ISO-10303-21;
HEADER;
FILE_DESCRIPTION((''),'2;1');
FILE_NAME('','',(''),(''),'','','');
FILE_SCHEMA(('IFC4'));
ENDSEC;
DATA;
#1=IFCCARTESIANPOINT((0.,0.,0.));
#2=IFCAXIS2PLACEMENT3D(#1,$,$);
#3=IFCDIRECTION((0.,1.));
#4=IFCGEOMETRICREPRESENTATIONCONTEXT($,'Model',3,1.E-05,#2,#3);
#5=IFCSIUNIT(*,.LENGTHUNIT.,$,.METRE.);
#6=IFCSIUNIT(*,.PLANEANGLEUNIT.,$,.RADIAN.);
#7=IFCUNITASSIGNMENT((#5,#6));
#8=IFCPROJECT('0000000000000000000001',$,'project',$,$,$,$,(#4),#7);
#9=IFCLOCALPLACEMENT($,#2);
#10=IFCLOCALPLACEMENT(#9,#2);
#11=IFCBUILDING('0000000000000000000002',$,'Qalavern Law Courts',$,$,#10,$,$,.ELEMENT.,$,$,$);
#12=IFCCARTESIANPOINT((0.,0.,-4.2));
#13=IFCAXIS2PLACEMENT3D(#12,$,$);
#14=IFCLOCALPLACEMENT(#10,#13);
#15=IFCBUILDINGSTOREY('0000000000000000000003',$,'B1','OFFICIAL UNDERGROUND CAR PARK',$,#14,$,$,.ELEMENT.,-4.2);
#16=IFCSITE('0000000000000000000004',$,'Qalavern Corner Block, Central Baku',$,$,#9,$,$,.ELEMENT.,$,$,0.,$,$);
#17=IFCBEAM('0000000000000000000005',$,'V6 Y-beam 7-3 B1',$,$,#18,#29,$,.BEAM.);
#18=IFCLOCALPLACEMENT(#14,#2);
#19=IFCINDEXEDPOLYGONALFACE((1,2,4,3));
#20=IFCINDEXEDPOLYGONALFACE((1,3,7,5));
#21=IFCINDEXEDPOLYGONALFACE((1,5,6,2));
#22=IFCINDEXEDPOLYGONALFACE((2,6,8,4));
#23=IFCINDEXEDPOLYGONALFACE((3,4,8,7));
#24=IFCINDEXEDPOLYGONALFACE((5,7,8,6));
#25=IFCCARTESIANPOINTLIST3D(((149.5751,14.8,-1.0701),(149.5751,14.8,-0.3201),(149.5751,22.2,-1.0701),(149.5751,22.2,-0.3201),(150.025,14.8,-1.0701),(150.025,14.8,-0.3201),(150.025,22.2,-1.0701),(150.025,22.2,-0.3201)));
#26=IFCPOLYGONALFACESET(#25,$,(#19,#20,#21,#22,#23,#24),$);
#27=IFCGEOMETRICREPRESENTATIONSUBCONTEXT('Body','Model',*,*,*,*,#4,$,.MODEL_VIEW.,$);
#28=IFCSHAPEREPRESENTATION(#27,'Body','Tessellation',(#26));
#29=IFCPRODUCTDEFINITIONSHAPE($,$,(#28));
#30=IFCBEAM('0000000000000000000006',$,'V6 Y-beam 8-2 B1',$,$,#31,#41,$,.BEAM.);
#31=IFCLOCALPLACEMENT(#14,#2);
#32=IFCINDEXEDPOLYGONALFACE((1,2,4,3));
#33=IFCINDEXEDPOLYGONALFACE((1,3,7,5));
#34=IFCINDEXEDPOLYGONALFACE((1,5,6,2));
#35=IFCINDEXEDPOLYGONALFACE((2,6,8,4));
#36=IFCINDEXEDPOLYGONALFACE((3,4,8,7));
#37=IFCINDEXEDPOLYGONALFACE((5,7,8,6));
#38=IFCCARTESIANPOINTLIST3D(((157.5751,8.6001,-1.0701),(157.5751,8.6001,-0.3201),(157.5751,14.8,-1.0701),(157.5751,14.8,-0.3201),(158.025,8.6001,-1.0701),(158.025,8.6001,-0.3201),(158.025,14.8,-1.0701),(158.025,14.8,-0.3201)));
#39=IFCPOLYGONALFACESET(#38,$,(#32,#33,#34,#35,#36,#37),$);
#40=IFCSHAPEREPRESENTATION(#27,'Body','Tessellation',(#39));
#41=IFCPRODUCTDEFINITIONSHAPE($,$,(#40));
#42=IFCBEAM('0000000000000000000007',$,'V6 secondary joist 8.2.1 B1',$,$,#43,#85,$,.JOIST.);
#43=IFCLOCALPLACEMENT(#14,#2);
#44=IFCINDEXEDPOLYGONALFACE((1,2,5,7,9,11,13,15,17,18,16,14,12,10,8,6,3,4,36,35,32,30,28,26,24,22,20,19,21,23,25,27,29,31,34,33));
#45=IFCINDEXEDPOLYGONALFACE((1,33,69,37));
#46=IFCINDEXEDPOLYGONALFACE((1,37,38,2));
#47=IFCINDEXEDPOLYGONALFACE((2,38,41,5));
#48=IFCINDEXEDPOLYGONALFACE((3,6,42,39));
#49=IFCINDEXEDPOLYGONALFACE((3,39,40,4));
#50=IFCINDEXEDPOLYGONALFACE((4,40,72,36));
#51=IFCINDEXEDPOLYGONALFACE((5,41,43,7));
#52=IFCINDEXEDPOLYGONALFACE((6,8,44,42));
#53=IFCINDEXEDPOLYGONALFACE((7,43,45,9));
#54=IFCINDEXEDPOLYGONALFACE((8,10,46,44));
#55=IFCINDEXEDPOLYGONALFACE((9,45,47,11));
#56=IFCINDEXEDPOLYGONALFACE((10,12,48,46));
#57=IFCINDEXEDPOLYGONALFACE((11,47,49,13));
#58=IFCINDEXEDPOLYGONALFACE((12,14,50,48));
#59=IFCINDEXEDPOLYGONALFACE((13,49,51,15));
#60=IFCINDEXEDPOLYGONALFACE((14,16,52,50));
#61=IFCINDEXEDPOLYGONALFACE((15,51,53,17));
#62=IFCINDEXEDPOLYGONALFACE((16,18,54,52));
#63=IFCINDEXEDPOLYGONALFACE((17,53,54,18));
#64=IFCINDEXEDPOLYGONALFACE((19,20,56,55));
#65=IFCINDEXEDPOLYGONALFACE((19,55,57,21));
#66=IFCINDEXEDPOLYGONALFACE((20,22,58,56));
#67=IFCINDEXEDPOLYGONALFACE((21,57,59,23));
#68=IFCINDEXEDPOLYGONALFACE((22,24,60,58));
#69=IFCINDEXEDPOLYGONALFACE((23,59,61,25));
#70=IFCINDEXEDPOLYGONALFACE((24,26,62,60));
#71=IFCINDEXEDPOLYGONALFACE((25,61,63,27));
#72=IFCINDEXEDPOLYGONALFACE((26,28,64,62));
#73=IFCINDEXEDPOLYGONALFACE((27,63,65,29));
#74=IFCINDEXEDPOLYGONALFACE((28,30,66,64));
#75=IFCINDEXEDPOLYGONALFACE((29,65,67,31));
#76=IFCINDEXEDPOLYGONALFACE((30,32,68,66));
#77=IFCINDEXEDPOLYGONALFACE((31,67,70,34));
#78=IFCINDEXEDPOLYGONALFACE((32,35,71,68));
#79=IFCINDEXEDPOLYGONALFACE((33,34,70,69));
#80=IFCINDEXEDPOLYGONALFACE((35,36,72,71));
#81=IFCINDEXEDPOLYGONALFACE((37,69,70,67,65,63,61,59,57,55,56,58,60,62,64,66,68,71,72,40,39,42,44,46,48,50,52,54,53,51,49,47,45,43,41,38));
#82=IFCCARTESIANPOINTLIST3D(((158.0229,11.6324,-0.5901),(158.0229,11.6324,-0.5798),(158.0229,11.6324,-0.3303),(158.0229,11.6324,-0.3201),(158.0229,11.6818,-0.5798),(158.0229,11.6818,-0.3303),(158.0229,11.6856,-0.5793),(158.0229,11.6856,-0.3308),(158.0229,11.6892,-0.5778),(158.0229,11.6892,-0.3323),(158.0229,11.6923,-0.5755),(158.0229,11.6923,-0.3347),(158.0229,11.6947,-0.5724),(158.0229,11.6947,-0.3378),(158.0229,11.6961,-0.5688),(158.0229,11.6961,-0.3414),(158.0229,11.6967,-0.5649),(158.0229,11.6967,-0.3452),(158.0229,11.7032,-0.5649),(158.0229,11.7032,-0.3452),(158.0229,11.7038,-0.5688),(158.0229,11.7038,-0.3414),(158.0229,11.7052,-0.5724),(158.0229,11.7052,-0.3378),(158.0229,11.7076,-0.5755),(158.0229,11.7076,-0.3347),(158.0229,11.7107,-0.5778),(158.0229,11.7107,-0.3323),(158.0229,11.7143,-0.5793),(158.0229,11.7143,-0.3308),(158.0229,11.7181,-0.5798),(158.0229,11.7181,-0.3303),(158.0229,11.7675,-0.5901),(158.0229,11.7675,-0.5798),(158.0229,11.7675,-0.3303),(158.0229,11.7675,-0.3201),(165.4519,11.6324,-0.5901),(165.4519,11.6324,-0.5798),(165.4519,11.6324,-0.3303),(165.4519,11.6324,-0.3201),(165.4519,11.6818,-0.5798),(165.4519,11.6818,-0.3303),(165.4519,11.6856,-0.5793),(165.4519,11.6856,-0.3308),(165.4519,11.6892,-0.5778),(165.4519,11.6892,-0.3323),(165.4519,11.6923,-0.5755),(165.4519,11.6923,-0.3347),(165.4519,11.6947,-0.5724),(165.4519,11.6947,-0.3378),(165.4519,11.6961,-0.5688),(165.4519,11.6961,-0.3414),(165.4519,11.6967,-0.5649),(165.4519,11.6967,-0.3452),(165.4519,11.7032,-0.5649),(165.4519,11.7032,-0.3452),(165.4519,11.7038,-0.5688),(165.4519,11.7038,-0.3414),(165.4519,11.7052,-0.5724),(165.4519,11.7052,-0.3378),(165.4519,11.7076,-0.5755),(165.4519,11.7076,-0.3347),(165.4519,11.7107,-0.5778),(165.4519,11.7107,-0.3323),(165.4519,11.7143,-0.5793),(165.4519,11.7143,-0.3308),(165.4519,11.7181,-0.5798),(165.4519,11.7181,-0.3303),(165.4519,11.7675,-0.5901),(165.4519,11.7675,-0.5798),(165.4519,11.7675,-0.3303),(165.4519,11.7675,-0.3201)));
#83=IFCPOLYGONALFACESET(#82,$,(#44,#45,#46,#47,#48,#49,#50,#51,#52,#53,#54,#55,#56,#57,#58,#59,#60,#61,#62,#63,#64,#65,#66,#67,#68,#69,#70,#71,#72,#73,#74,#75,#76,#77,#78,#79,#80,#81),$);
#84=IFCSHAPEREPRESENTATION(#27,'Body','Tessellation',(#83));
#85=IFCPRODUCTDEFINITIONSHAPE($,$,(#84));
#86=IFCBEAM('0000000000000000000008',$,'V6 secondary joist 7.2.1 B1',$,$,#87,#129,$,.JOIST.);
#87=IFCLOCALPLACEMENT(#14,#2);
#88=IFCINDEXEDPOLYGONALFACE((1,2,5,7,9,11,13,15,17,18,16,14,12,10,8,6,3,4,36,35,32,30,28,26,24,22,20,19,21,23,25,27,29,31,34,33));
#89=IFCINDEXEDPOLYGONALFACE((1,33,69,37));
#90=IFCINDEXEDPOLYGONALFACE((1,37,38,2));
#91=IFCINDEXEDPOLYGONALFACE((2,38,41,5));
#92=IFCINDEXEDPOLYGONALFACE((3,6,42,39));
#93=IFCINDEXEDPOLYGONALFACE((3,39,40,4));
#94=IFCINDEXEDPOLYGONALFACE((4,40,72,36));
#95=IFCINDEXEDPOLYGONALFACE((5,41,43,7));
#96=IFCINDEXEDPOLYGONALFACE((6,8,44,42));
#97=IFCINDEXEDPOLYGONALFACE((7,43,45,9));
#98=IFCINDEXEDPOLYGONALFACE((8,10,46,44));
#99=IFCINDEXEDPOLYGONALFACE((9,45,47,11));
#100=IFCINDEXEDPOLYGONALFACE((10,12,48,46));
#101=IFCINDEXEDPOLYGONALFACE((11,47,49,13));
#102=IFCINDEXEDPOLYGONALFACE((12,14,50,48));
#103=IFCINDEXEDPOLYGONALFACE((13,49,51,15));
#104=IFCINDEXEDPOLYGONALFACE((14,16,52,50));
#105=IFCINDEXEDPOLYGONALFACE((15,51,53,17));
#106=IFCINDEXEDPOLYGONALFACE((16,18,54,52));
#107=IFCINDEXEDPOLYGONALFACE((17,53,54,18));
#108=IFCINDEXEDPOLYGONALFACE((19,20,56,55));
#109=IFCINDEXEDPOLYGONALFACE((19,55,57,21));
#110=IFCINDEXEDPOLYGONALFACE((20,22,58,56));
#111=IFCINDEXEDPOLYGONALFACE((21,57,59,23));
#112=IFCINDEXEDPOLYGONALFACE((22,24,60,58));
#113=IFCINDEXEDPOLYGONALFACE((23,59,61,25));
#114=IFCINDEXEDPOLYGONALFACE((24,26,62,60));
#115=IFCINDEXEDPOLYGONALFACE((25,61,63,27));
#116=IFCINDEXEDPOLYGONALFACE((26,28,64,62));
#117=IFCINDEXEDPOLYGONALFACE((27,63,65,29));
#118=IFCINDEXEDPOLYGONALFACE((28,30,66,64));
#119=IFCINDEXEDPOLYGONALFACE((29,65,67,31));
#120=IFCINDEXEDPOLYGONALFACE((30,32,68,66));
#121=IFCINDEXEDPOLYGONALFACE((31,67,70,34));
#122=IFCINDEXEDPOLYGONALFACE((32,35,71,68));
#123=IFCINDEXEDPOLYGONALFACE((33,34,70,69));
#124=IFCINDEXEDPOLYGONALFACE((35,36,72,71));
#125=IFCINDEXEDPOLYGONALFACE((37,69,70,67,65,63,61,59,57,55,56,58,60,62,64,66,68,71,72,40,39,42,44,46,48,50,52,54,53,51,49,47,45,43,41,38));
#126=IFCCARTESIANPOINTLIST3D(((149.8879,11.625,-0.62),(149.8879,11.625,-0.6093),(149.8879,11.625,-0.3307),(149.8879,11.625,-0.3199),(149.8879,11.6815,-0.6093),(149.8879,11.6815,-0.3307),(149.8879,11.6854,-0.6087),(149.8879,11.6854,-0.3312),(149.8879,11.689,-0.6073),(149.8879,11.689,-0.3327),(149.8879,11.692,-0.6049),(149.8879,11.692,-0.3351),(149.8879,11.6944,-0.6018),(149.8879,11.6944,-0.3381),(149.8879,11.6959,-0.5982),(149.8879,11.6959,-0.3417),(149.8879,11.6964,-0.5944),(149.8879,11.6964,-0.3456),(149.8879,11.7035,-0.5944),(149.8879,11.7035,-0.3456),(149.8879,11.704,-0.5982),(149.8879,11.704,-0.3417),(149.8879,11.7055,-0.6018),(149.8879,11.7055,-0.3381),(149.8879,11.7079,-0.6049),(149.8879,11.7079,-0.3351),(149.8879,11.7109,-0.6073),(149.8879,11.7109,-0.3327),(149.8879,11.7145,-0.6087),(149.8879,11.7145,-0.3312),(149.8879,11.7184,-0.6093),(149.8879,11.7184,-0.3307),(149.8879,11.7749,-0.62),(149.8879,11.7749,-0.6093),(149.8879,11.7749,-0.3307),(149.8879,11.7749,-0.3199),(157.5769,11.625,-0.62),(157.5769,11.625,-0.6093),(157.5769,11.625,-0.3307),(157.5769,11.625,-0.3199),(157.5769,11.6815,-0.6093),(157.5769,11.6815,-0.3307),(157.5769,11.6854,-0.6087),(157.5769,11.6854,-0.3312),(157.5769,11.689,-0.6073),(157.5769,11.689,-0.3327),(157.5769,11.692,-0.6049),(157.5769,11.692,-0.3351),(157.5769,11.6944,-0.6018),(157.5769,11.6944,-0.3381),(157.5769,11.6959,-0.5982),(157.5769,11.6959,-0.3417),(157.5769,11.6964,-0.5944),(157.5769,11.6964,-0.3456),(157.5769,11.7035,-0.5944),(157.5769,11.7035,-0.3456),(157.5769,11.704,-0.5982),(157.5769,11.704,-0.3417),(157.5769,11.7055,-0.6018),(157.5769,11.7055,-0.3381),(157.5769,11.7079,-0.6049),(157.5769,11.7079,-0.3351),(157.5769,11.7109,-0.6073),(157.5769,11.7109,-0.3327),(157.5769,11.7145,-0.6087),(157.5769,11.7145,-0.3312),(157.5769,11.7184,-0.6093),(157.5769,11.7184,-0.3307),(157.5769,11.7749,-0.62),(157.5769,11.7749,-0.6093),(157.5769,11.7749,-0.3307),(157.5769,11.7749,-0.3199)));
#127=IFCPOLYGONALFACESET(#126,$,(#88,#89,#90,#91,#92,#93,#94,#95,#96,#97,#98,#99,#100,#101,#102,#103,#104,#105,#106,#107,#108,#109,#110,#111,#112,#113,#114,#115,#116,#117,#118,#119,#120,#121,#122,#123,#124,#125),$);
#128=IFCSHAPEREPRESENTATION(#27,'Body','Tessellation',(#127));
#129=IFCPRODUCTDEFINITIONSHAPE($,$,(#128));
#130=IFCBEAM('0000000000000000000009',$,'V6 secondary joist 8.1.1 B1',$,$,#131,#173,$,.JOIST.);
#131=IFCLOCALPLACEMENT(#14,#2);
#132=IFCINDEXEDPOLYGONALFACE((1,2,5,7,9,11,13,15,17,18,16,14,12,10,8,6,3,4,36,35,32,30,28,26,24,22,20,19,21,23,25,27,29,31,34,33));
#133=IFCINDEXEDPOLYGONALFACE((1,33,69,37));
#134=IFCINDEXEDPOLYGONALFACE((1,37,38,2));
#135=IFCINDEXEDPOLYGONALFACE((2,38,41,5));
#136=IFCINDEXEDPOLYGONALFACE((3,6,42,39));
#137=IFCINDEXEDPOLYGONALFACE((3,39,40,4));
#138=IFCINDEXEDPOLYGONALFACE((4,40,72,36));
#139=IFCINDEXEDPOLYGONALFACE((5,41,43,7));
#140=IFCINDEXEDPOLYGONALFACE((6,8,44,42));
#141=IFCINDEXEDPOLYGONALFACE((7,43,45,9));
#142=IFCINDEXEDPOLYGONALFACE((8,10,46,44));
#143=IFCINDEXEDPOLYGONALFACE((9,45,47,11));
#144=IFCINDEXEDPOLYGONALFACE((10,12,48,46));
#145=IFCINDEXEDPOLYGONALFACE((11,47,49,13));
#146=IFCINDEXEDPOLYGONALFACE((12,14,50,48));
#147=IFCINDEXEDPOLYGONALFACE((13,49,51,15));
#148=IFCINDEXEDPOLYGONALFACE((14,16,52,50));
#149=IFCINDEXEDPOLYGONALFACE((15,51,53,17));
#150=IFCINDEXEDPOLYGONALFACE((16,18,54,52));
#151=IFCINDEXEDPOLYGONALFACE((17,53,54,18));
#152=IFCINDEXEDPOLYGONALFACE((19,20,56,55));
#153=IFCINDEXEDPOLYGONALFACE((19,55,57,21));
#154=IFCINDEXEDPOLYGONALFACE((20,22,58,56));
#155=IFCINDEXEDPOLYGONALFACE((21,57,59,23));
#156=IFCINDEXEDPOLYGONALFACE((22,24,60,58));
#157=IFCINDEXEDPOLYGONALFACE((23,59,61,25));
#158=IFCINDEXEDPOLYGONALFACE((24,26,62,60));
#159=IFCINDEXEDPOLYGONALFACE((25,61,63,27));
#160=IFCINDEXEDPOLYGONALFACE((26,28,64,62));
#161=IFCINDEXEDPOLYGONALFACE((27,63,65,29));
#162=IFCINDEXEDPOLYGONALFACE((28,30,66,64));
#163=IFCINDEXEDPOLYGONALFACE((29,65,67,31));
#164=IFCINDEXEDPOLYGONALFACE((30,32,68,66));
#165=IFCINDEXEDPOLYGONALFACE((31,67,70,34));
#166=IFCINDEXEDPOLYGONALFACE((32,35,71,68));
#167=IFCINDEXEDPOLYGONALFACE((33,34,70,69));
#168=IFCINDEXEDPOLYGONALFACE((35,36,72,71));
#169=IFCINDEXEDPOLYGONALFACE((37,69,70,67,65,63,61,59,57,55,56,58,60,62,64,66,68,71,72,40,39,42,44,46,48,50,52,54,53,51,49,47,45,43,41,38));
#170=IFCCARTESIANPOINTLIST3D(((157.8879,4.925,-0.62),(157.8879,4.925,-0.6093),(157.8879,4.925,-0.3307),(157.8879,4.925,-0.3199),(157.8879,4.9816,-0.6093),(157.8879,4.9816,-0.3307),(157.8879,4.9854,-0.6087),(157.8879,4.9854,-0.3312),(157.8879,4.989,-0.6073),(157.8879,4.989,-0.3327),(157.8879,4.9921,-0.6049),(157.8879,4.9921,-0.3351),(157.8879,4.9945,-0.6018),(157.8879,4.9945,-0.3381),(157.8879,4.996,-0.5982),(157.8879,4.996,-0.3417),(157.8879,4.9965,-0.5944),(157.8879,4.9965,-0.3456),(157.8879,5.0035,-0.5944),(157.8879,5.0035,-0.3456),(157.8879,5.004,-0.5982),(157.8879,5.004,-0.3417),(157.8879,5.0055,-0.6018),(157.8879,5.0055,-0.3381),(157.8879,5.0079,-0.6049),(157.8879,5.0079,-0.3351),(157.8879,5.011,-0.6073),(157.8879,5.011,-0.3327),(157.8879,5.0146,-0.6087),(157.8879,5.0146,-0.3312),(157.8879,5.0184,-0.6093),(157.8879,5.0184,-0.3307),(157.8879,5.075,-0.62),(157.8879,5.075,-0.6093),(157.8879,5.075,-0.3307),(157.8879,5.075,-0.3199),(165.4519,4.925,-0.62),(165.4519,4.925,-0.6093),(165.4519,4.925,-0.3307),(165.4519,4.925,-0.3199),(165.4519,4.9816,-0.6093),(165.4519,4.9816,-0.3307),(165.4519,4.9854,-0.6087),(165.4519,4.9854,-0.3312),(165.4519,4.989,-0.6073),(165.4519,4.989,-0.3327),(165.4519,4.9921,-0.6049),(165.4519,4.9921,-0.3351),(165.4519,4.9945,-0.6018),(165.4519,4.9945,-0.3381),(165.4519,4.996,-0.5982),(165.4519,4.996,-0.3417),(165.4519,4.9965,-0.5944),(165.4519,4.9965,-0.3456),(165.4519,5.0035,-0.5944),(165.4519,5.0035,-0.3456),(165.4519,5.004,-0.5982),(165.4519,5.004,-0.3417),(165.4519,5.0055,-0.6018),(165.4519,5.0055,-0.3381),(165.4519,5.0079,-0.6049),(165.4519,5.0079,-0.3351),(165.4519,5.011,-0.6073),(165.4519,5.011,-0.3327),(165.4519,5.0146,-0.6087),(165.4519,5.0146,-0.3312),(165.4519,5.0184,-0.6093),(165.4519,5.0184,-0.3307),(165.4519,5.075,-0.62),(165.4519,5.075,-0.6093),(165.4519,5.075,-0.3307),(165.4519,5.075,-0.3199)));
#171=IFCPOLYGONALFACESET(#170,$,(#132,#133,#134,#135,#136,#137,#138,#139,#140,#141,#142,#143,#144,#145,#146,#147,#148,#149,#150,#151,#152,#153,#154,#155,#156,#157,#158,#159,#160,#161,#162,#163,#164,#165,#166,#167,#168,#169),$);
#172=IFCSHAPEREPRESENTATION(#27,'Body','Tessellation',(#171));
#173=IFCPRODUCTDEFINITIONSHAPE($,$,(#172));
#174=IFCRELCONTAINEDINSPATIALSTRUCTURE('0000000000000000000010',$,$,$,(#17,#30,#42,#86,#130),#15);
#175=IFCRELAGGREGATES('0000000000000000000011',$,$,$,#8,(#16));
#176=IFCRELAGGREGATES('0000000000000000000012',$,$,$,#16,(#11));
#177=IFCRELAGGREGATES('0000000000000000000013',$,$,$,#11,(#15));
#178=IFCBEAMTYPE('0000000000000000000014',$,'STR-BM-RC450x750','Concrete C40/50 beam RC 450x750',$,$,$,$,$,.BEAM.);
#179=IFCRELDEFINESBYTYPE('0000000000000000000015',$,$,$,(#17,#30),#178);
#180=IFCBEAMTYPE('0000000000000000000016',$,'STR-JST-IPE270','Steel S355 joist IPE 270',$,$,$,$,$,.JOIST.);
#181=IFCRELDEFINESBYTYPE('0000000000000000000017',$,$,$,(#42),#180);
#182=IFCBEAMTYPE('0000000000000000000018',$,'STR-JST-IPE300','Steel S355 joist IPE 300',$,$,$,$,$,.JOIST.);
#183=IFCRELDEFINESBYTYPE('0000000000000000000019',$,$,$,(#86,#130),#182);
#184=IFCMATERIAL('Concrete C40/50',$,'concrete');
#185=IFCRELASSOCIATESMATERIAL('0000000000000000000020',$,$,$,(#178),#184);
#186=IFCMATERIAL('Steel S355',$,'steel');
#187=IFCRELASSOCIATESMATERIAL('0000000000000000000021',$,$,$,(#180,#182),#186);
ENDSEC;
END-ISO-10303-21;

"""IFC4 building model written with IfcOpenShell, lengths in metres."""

from ifc_helpers import new_model, si_unit, direction, frame, origin, origin_2d, place, context, subcontext, project, spatial, rectangle, i_section, extrude, material, material_profile, profile_set, type_object, element, save


model = new_model("IFC4")

# Units and contexts
model_context = context("Model", 3, precision=1e-05, world=origin(), true_north=direction((0.0, 1.0)))
body_context = subcontext(model_context, "Body", "Model", "MODEL_VIEW")
ifc_project = project(units=[si_unit("LENGTHUNIT", "METRE"), si_unit("PLANEANGLEUNIT", "RADIAN")], contexts=[model_context])

# Site, building, storey
site_placement = place(None, origin())
site = spatial("IfcSite", under=ifc_project, at=site_placement, Name="Qalavern Corner Block, Central Baku", CompositionType="ELEMENT", RefElevation=0.0)
building_placement = place(site_placement, origin())
building = spatial("IfcBuilding", under=site, at=building_placement, Name="Qalavern Law Courts", CompositionType="ELEMENT")
storey_placement = place(building_placement, frame((0.0, 0.0, -4.2)))
storey = spatial("IfcBuildingStorey", under=building, at=storey_placement, Name="B1", Description="OFFICIAL UNDERGROUND CAR PARK", CompositionType="ELEMENT", Elevation=-4.2)

# Beams
ifc_material_1 = material(Name="Steel S355", Category="steel")
ifc_material_2 = material(Name="Concrete C40/50", Category="concrete")
ifc_material_profile_1 = material_profile(ifc_material_2, rectangle(XDim=0.45, YDim=0.75, at=origin_2d()), Name="RC 450x750")
ifc_profile_set_1 = profile_set([ifc_material_profile_1], Name="Concrete C40/50")
beam_type_1 = type_object("IfcBeamType", Name="STR-BM-RC450x750", Description="Concrete C40/50 beam RC 450x750", PredefinedType="BEAM", material=ifc_profile_set_1)
beam_1_placement = place(storey_placement, frame((149.8, 14.8, -0.6951), z_axis=(0.0, 1.0, 0.0), x_axis=(-1.0, 0.0, 0.0)))
element("IfcBeam", 1, at=beam_1_placement, inside=storey, type_object=beam_type_1, Name="V6 Y-beam 7-3 B1", PredefinedType="BEAM", context=body_context, shape_type="SweptSolid", body=[
    extrude(rectangle(XDim=0.45, YDim=0.75, at=origin_2d()), origin(), (0.0, 0.0, 1.0), 7.3999),
])
beam_2_placement = place(storey_placement, frame((157.8, 8.6001, -0.6951), z_axis=(0.0, 1.0, 0.0), x_axis=(-1.0, 0.0, 0.0)))
element("IfcBeam", 2, at=beam_2_placement, inside=storey, type_object=beam_type_1, Name="V6 Y-beam 8-2 B1", PredefinedType="BEAM", context=body_context, shape_type="SweptSolid", body=[
    extrude(rectangle(XDim=0.45, YDim=0.75, at=origin_2d()), origin(), (0.0, 0.0, 1.0), 6.2),
])
ifc_material_profile_2 = material_profile(ifc_material_1, i_section(OverallWidth=0.135, OverallDepth=0.27, WebThickness=0.0066, FlangeThickness=0.0103, FilletRadius=0.0149, at=origin_2d()), Name="IPE 270")
ifc_profile_set_2 = profile_set([ifc_material_profile_2], Name="Steel S355")
beam_type_2 = type_object("IfcBeamType", Name="STR-JST-IPE270", Description="Steel S355 joist IPE 270", PredefinedType="JOIST", material=ifc_profile_set_2)
beam_3_placement = place(storey_placement, frame((158.0229, 11.7, -0.4551), z_axis=(1.0, 0.0, 0.0), x_axis=(0.0, 1.0, 0.0)))
element("IfcBeam", 3, at=beam_3_placement, inside=storey, type_object=beam_type_2, Name="V6 secondary joist 8.2.1 B1", PredefinedType="JOIST", context=body_context, shape_type="SweptSolid", body=[
    extrude(i_section(OverallWidth=0.135, OverallDepth=0.27, WebThickness=0.0066, FlangeThickness=0.0103, FilletRadius=0.0149, at=origin_2d()), origin(), (0.0, 0.0, 1.0), 7.429),
])
ifc_material_profile_3 = material_profile(ifc_material_1, i_section(OverallWidth=0.1499, OverallDepth=0.3, WebThickness=0.0071, FlangeThickness=0.0107, FilletRadius=0.0149, at=origin_2d()), Name="IPE 300")
ifc_profile_set_3 = profile_set([ifc_material_profile_3], Name="Steel S355")
beam_type_3 = type_object("IfcBeamType", Name="STR-JST-IPE300", Description="Steel S355 joist IPE 300", PredefinedType="JOIST", material=ifc_profile_set_3)
beam_4_placement = place(storey_placement, frame((149.8879, 11.7, -0.47), z_axis=(1.0, 0.0, 0.0), x_axis=(0.0, 1.0, 0.0)))
element("IfcBeam", 4, at=beam_4_placement, inside=storey, type_object=beam_type_3, Name="V6 secondary joist 7.2.1 B1", PredefinedType="JOIST", context=body_context, shape_type="SweptSolid", body=[
    extrude(i_section(OverallWidth=0.1499, OverallDepth=0.3, WebThickness=0.0071, FlangeThickness=0.0107, FilletRadius=0.0149, at=origin_2d()), origin(), (0.0, 0.0, 1.0), 7.689),
])
beam_5_placement = place(storey_placement, frame((157.8879, 5.0, -0.47), z_axis=(1.0, 0.0, 0.0), x_axis=(0.0, 1.0, 0.0)))
element("IfcBeam", 5, at=beam_5_placement, inside=storey, type_object=beam_type_3, Name="V6 secondary joist 8.1.1 B1", PredefinedType="JOIST", context=body_context, shape_type="SweptSolid", body=[
    extrude(i_section(OverallWidth=0.1499, OverallDepth=0.3, WebThickness=0.0071, FlangeThickness=0.0107, FilletRadius=0.0149, at=origin_2d()), origin(), (0.0, 0.0, 1.0), 7.564),
])

save(model, "model.ifc")
